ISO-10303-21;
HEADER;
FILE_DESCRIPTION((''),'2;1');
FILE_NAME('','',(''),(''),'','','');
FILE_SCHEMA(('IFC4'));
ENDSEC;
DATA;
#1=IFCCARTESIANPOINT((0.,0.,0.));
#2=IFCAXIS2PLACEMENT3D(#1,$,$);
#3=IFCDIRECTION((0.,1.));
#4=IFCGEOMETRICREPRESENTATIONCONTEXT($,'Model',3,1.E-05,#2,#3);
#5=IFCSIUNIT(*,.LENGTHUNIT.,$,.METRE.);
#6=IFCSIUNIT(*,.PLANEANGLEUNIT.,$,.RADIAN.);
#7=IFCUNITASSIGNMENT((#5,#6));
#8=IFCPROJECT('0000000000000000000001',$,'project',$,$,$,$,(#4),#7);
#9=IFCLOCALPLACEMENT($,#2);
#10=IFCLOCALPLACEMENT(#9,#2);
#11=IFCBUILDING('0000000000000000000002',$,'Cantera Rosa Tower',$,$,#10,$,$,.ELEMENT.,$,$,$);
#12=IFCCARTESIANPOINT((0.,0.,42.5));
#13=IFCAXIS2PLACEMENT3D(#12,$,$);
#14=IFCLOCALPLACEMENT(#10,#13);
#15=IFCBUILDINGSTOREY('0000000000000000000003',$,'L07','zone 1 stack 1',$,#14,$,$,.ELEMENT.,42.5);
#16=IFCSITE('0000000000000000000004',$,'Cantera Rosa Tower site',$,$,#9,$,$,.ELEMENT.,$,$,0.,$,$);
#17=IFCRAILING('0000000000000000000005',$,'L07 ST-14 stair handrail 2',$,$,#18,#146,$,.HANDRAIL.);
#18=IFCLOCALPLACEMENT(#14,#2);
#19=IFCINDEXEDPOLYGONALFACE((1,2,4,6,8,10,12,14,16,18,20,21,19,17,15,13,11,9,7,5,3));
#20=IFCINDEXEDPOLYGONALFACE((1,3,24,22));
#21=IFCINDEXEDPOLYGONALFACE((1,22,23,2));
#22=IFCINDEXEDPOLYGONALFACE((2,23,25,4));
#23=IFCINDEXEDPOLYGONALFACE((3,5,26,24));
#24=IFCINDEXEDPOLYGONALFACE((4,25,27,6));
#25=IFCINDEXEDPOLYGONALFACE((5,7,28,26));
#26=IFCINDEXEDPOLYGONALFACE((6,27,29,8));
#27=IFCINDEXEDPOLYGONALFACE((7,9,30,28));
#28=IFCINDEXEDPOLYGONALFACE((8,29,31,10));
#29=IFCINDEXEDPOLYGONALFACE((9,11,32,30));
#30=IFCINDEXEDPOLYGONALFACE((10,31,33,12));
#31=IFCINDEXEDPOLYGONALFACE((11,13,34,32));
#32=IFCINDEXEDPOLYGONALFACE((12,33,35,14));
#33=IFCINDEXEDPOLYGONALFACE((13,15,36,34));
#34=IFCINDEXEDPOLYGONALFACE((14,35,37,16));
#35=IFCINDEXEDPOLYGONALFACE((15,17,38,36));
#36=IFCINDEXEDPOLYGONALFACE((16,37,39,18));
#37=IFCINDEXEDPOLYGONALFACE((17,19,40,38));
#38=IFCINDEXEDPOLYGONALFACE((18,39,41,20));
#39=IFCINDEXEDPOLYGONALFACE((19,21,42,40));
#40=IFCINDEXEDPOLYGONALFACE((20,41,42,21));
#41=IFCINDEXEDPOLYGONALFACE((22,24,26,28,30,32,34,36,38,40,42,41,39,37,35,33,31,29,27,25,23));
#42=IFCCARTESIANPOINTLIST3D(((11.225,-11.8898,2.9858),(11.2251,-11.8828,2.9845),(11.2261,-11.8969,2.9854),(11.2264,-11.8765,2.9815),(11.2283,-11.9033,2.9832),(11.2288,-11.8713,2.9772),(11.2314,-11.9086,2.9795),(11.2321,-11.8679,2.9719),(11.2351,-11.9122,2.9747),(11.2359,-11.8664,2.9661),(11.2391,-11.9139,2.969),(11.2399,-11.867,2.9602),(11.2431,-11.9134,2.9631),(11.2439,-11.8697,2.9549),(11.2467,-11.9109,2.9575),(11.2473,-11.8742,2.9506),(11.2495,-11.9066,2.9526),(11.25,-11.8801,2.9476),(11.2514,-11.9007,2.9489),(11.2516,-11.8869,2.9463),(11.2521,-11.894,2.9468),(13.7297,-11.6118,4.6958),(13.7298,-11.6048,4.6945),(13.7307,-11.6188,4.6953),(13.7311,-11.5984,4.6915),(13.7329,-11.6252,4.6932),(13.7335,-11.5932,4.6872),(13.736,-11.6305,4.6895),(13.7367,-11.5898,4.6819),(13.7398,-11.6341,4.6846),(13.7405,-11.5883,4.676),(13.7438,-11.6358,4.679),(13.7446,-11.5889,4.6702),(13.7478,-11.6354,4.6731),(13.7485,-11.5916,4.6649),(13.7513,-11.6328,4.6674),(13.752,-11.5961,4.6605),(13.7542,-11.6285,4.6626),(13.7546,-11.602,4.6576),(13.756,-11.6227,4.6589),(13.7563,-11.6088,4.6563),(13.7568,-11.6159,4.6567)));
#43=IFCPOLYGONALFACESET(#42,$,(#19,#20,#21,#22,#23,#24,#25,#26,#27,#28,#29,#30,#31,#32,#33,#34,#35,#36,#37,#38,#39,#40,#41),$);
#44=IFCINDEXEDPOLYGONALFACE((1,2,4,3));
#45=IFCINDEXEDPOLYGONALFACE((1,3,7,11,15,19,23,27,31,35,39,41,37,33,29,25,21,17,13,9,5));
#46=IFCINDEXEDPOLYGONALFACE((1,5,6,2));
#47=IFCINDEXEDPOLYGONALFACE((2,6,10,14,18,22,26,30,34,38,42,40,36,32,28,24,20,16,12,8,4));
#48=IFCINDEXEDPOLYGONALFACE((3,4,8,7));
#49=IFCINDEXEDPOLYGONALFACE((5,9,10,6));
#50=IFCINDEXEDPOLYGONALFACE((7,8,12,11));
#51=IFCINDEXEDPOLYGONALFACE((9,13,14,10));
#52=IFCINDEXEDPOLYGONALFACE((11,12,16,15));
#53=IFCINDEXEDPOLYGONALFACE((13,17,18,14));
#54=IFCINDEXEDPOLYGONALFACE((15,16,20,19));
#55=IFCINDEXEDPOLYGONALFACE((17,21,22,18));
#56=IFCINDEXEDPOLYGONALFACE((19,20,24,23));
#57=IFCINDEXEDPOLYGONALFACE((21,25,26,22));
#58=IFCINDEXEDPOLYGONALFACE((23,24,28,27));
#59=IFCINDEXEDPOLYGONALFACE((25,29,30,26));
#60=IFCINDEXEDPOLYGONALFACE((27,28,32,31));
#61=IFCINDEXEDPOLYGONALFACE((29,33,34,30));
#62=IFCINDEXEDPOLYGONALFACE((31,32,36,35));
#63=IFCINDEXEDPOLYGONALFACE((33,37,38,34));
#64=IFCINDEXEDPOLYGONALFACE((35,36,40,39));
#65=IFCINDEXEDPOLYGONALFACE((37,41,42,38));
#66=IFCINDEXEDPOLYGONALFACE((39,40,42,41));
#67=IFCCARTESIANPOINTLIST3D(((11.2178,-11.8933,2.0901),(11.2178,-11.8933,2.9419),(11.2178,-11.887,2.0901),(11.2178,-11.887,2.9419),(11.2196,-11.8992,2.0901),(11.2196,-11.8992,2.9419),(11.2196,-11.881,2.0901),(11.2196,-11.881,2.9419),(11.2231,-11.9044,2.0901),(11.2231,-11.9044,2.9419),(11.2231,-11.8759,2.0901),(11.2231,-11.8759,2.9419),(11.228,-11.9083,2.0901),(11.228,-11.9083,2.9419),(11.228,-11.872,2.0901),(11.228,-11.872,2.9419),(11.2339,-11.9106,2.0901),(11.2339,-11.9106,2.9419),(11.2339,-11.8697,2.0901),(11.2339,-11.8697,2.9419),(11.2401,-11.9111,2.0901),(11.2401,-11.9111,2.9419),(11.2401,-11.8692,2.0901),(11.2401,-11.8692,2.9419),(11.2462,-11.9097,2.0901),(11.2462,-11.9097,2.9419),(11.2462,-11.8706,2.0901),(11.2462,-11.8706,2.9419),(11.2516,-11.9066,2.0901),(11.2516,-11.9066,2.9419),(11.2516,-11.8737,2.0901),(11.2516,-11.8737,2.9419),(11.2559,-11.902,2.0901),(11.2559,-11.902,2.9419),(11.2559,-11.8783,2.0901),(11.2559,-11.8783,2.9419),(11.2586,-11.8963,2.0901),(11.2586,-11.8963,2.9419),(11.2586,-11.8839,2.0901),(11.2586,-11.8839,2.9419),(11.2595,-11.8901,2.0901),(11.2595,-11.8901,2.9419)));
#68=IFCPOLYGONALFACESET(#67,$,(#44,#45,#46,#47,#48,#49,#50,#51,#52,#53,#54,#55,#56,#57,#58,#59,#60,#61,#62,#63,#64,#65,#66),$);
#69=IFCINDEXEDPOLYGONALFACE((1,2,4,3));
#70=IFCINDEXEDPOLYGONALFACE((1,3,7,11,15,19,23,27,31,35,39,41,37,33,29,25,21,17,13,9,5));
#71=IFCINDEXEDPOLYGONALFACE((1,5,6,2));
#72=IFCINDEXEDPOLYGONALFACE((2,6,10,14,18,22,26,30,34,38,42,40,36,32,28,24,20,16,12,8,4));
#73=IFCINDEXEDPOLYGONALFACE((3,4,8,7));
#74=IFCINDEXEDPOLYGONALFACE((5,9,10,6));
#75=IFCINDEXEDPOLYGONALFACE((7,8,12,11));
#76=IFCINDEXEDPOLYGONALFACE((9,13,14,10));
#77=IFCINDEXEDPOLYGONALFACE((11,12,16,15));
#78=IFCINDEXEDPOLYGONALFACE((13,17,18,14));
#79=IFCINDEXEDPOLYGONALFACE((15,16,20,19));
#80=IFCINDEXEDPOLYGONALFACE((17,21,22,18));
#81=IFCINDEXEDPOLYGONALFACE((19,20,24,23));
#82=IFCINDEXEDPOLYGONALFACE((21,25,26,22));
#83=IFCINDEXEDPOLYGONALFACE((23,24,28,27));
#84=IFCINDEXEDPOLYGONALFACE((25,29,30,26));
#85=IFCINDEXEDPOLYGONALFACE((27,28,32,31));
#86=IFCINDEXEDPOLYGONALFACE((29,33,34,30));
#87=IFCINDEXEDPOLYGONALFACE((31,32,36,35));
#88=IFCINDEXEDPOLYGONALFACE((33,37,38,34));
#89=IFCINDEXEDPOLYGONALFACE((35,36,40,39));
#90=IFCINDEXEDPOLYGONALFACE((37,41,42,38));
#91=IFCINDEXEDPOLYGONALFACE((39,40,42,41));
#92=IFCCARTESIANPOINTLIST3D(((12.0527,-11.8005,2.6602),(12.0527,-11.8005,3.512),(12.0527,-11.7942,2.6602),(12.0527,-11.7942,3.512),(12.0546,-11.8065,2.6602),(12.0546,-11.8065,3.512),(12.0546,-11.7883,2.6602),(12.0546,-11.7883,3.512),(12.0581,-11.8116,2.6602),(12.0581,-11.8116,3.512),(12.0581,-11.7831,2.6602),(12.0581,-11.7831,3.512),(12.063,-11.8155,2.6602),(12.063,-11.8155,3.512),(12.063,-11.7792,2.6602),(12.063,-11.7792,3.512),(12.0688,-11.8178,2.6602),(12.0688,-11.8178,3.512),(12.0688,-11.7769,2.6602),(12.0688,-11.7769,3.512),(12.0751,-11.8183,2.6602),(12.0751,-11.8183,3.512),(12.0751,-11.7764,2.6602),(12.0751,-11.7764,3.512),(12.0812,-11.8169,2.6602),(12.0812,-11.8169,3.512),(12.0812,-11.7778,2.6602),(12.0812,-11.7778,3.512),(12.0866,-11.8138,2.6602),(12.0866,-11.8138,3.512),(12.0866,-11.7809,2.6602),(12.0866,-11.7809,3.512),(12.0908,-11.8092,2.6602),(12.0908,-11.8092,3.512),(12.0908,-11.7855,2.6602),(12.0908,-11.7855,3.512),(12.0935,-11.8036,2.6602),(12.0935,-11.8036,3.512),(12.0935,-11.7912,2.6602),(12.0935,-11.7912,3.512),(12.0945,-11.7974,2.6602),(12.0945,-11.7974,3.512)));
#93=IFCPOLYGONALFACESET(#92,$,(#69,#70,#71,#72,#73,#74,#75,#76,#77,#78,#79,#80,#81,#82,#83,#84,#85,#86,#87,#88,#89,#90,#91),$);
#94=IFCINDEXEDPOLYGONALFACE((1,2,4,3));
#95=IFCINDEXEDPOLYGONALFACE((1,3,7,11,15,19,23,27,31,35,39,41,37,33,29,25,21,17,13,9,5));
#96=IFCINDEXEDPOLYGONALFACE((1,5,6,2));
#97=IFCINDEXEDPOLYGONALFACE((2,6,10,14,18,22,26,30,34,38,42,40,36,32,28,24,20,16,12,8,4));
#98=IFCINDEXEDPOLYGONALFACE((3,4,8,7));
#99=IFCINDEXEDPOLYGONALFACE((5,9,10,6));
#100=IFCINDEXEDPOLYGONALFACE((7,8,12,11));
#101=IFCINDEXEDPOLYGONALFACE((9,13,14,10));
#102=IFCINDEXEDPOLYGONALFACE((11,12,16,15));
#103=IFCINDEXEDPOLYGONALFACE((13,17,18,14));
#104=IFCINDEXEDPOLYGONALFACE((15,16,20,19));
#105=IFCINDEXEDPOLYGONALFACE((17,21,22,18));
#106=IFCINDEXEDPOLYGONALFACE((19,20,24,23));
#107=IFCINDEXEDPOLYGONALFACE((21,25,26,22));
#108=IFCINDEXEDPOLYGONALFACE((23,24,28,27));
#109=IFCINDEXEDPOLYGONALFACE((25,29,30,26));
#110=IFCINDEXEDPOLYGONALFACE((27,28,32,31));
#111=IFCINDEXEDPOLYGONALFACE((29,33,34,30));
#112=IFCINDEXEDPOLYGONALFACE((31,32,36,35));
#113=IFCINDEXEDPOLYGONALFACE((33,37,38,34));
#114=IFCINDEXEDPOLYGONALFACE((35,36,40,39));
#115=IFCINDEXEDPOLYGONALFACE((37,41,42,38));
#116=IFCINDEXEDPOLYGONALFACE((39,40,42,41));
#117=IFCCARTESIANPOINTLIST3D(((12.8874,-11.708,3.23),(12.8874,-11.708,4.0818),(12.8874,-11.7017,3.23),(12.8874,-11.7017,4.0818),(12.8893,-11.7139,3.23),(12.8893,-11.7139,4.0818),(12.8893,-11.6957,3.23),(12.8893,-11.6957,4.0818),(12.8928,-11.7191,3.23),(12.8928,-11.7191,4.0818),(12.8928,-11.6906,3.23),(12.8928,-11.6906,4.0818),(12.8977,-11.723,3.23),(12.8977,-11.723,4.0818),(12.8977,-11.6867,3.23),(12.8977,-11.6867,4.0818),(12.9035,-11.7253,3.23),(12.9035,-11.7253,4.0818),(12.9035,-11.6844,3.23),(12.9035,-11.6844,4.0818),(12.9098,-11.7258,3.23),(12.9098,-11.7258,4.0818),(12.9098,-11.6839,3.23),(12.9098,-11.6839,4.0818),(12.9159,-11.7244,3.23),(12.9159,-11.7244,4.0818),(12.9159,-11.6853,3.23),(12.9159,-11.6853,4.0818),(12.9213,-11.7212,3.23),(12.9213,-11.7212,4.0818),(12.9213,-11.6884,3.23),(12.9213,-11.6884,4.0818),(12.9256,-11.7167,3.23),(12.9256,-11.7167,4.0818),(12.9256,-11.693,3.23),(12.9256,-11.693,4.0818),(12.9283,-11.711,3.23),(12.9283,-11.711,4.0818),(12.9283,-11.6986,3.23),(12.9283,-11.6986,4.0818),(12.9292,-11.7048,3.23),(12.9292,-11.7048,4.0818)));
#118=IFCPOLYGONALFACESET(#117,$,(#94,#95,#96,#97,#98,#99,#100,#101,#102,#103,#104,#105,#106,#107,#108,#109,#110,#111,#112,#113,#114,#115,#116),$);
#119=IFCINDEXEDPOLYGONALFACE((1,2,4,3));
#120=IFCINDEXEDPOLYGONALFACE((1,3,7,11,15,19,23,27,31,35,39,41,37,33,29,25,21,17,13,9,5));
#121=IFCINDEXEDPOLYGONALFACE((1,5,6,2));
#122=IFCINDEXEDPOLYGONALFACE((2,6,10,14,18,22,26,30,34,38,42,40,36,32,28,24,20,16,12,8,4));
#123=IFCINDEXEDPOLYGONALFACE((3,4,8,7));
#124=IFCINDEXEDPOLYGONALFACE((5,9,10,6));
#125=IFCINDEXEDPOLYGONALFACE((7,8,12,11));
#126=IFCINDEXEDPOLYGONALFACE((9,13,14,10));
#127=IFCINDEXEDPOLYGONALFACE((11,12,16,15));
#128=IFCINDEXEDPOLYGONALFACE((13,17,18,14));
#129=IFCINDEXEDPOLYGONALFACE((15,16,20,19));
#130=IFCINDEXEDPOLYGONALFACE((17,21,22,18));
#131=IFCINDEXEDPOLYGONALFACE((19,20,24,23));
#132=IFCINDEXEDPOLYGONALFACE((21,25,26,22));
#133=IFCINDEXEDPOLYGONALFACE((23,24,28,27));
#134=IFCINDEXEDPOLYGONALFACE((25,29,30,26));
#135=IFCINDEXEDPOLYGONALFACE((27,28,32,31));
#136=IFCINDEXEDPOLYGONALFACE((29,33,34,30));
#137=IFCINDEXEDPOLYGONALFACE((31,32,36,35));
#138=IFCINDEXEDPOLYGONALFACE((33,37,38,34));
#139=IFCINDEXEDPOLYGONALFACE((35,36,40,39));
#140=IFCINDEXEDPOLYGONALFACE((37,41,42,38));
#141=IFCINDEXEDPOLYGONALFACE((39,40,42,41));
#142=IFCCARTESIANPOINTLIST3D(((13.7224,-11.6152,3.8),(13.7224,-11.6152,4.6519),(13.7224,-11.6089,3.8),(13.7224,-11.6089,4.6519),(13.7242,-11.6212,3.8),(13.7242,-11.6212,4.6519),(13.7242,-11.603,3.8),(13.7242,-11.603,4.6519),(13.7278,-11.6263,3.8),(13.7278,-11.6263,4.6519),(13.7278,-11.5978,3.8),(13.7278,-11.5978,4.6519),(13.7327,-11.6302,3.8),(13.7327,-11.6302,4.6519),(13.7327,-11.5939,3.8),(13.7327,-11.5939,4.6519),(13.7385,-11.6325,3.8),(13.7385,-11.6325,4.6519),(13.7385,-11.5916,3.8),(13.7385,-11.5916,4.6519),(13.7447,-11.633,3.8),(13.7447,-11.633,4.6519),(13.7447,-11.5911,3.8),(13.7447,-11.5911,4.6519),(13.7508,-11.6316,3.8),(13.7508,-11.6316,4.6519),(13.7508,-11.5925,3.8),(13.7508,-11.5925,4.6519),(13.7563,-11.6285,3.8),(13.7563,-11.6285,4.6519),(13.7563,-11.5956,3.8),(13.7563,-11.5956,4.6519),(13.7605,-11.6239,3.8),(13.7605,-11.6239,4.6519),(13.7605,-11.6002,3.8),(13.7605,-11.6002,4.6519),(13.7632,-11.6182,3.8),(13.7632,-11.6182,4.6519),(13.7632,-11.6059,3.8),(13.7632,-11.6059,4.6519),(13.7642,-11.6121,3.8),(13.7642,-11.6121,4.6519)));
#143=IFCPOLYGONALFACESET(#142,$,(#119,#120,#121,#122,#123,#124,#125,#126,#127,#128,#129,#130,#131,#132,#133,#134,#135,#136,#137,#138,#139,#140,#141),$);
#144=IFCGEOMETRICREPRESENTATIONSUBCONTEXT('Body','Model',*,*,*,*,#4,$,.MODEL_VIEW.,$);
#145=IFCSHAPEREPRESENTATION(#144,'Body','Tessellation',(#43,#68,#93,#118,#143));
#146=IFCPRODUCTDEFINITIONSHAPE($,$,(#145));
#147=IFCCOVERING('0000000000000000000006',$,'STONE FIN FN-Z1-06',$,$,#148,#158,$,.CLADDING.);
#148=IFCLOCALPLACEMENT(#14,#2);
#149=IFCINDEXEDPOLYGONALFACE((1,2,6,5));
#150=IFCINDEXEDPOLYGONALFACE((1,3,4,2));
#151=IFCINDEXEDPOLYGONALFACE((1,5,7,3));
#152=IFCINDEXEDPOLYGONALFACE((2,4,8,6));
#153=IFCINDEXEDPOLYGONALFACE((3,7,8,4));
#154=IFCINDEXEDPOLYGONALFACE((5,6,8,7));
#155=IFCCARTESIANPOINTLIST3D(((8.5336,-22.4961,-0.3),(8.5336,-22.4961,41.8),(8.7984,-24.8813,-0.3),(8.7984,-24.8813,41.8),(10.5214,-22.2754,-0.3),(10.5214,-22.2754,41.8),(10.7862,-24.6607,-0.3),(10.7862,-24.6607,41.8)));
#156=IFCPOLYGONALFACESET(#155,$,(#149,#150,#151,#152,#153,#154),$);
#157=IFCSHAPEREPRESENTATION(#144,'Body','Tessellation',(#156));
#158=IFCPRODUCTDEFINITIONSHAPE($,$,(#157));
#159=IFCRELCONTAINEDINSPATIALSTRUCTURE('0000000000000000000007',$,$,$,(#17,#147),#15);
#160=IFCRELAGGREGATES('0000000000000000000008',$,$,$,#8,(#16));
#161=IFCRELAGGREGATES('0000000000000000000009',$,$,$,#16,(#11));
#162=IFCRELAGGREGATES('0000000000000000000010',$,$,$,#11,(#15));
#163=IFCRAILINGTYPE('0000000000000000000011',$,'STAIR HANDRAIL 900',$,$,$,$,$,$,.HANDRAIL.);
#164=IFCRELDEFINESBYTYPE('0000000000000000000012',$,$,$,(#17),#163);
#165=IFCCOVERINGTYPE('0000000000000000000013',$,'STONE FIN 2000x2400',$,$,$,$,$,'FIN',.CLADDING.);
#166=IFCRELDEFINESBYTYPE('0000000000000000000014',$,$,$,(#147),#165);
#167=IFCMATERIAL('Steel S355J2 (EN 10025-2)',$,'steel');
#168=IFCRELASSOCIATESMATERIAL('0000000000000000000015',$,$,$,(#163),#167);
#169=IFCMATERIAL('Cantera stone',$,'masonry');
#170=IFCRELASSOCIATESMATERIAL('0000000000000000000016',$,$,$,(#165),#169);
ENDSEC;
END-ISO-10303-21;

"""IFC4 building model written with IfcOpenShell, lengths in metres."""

from ifc_helpers import new_model, si_unit, direction, frame, origin, origin_2d, place, context, subcontext, project, spatial, rectangle, circle, extrude, material, type_object, element, save


model = new_model("IFC4")

# Units and contexts
model_context = context("Model", 3, precision=1e-05, world=origin(), true_north=direction((0.0, 1.0)))
body_context = subcontext(model_context, "Body", "Model", "MODEL_VIEW")
ifc_project = project(units=[si_unit("LENGTHUNIT", "METRE"), si_unit("PLANEANGLEUNIT", "RADIAN")], contexts=[model_context])

# Site, building, storey
site_placement = place(None, origin())
site = spatial("IfcSite", under=ifc_project, at=site_placement, Name="Cantera Rosa Tower site", CompositionType="ELEMENT", RefElevation=0.0)
building_placement = place(site_placement, origin())
building = spatial("IfcBuilding", under=site, at=building_placement, Name="Cantera Rosa Tower", CompositionType="ELEMENT")
storey_placement = place(building_placement, frame((0.0, 0.0, 42.5)))
storey = spatial("IfcBuildingStorey", under=building, at=storey_placement, Name="L07", Description="zone 1 stack 1", CompositionType="ELEMENT", Elevation=42.5)

# Railing
ifc_material_1 = material(Name="Steel S355J2 (EN 10025-2)", Category="steel")
railing_type = type_object("IfcRailingType", Name="STAIR HANDRAIL 900", PredefinedType="HANDRAIL", material=ifc_material_1)
railing_placement = place(storey_placement, frame((11.2385, -11.8901, 2.0901)))
element("IfcRailing", 1, at=railing_placement, inside=storey, type_object=railing_type, Name="L07 ST-14 stair handrail 2", PredefinedType="HANDRAIL", context=body_context, shape_type="SweptSolid", body=[
    extrude(circle(Radius=0.0239, at=origin_2d()), frame((0.0, 0.0, 0.876), z_axis=(0.822431, 0.09131, 0.561488), x_axis=(-0.110346, 0.993893, 0.0)), (0.0, 0.0, 1.0), 3.0454),
    extrude(circle(Radius=0.021, at=origin_2d()), origin(), (0.0, 0.0, 1.0), 0.8518),
    extrude(circle(Radius=0.021, at=origin_2d()), frame((0.835, 0.0928, 0.5701)), (0.0, 0.0, 1.0), 0.8518),
    extrude(circle(Radius=0.021, at=origin_2d()), frame((1.6697, 0.1853, 1.1399)), (0.0, 0.0, 1.0), 0.8518),
    extrude(circle(Radius=0.021, at=origin_2d()), frame((2.5046, 0.2781, 1.71)), (0.0, 0.0, 1.0), 0.8518),
])

# Covering
ifc_material_2 = material(Name="Cantera stone", Category="masonry")
covering_type = type_object("IfcCoveringType", Name="STONE FIN 2000x2400", ElementType="FIN", PredefinedType="CLADDING", material=ifc_material_2)
covering_placement = place(storey_placement, frame((9.6599, -23.5784, -0.3), z_axis=(0.0, 0.0, 1.0), x_axis=(0.993897, 0.110313, 0.0)))
element("IfcCovering", 2, at=covering_placement, inside=storey, type_object=covering_type, Name="STONE FIN FN-Z1-06", PredefinedType="CLADDING", context=body_context, shape_type="SweptSolid", body=[
    extrude(rectangle(XDim=2.0, YDim=2.3999, at=origin_2d()), origin(), (0.0, 0.0, 1.0), 42.1001),
])

save(model, "model.ifc")
